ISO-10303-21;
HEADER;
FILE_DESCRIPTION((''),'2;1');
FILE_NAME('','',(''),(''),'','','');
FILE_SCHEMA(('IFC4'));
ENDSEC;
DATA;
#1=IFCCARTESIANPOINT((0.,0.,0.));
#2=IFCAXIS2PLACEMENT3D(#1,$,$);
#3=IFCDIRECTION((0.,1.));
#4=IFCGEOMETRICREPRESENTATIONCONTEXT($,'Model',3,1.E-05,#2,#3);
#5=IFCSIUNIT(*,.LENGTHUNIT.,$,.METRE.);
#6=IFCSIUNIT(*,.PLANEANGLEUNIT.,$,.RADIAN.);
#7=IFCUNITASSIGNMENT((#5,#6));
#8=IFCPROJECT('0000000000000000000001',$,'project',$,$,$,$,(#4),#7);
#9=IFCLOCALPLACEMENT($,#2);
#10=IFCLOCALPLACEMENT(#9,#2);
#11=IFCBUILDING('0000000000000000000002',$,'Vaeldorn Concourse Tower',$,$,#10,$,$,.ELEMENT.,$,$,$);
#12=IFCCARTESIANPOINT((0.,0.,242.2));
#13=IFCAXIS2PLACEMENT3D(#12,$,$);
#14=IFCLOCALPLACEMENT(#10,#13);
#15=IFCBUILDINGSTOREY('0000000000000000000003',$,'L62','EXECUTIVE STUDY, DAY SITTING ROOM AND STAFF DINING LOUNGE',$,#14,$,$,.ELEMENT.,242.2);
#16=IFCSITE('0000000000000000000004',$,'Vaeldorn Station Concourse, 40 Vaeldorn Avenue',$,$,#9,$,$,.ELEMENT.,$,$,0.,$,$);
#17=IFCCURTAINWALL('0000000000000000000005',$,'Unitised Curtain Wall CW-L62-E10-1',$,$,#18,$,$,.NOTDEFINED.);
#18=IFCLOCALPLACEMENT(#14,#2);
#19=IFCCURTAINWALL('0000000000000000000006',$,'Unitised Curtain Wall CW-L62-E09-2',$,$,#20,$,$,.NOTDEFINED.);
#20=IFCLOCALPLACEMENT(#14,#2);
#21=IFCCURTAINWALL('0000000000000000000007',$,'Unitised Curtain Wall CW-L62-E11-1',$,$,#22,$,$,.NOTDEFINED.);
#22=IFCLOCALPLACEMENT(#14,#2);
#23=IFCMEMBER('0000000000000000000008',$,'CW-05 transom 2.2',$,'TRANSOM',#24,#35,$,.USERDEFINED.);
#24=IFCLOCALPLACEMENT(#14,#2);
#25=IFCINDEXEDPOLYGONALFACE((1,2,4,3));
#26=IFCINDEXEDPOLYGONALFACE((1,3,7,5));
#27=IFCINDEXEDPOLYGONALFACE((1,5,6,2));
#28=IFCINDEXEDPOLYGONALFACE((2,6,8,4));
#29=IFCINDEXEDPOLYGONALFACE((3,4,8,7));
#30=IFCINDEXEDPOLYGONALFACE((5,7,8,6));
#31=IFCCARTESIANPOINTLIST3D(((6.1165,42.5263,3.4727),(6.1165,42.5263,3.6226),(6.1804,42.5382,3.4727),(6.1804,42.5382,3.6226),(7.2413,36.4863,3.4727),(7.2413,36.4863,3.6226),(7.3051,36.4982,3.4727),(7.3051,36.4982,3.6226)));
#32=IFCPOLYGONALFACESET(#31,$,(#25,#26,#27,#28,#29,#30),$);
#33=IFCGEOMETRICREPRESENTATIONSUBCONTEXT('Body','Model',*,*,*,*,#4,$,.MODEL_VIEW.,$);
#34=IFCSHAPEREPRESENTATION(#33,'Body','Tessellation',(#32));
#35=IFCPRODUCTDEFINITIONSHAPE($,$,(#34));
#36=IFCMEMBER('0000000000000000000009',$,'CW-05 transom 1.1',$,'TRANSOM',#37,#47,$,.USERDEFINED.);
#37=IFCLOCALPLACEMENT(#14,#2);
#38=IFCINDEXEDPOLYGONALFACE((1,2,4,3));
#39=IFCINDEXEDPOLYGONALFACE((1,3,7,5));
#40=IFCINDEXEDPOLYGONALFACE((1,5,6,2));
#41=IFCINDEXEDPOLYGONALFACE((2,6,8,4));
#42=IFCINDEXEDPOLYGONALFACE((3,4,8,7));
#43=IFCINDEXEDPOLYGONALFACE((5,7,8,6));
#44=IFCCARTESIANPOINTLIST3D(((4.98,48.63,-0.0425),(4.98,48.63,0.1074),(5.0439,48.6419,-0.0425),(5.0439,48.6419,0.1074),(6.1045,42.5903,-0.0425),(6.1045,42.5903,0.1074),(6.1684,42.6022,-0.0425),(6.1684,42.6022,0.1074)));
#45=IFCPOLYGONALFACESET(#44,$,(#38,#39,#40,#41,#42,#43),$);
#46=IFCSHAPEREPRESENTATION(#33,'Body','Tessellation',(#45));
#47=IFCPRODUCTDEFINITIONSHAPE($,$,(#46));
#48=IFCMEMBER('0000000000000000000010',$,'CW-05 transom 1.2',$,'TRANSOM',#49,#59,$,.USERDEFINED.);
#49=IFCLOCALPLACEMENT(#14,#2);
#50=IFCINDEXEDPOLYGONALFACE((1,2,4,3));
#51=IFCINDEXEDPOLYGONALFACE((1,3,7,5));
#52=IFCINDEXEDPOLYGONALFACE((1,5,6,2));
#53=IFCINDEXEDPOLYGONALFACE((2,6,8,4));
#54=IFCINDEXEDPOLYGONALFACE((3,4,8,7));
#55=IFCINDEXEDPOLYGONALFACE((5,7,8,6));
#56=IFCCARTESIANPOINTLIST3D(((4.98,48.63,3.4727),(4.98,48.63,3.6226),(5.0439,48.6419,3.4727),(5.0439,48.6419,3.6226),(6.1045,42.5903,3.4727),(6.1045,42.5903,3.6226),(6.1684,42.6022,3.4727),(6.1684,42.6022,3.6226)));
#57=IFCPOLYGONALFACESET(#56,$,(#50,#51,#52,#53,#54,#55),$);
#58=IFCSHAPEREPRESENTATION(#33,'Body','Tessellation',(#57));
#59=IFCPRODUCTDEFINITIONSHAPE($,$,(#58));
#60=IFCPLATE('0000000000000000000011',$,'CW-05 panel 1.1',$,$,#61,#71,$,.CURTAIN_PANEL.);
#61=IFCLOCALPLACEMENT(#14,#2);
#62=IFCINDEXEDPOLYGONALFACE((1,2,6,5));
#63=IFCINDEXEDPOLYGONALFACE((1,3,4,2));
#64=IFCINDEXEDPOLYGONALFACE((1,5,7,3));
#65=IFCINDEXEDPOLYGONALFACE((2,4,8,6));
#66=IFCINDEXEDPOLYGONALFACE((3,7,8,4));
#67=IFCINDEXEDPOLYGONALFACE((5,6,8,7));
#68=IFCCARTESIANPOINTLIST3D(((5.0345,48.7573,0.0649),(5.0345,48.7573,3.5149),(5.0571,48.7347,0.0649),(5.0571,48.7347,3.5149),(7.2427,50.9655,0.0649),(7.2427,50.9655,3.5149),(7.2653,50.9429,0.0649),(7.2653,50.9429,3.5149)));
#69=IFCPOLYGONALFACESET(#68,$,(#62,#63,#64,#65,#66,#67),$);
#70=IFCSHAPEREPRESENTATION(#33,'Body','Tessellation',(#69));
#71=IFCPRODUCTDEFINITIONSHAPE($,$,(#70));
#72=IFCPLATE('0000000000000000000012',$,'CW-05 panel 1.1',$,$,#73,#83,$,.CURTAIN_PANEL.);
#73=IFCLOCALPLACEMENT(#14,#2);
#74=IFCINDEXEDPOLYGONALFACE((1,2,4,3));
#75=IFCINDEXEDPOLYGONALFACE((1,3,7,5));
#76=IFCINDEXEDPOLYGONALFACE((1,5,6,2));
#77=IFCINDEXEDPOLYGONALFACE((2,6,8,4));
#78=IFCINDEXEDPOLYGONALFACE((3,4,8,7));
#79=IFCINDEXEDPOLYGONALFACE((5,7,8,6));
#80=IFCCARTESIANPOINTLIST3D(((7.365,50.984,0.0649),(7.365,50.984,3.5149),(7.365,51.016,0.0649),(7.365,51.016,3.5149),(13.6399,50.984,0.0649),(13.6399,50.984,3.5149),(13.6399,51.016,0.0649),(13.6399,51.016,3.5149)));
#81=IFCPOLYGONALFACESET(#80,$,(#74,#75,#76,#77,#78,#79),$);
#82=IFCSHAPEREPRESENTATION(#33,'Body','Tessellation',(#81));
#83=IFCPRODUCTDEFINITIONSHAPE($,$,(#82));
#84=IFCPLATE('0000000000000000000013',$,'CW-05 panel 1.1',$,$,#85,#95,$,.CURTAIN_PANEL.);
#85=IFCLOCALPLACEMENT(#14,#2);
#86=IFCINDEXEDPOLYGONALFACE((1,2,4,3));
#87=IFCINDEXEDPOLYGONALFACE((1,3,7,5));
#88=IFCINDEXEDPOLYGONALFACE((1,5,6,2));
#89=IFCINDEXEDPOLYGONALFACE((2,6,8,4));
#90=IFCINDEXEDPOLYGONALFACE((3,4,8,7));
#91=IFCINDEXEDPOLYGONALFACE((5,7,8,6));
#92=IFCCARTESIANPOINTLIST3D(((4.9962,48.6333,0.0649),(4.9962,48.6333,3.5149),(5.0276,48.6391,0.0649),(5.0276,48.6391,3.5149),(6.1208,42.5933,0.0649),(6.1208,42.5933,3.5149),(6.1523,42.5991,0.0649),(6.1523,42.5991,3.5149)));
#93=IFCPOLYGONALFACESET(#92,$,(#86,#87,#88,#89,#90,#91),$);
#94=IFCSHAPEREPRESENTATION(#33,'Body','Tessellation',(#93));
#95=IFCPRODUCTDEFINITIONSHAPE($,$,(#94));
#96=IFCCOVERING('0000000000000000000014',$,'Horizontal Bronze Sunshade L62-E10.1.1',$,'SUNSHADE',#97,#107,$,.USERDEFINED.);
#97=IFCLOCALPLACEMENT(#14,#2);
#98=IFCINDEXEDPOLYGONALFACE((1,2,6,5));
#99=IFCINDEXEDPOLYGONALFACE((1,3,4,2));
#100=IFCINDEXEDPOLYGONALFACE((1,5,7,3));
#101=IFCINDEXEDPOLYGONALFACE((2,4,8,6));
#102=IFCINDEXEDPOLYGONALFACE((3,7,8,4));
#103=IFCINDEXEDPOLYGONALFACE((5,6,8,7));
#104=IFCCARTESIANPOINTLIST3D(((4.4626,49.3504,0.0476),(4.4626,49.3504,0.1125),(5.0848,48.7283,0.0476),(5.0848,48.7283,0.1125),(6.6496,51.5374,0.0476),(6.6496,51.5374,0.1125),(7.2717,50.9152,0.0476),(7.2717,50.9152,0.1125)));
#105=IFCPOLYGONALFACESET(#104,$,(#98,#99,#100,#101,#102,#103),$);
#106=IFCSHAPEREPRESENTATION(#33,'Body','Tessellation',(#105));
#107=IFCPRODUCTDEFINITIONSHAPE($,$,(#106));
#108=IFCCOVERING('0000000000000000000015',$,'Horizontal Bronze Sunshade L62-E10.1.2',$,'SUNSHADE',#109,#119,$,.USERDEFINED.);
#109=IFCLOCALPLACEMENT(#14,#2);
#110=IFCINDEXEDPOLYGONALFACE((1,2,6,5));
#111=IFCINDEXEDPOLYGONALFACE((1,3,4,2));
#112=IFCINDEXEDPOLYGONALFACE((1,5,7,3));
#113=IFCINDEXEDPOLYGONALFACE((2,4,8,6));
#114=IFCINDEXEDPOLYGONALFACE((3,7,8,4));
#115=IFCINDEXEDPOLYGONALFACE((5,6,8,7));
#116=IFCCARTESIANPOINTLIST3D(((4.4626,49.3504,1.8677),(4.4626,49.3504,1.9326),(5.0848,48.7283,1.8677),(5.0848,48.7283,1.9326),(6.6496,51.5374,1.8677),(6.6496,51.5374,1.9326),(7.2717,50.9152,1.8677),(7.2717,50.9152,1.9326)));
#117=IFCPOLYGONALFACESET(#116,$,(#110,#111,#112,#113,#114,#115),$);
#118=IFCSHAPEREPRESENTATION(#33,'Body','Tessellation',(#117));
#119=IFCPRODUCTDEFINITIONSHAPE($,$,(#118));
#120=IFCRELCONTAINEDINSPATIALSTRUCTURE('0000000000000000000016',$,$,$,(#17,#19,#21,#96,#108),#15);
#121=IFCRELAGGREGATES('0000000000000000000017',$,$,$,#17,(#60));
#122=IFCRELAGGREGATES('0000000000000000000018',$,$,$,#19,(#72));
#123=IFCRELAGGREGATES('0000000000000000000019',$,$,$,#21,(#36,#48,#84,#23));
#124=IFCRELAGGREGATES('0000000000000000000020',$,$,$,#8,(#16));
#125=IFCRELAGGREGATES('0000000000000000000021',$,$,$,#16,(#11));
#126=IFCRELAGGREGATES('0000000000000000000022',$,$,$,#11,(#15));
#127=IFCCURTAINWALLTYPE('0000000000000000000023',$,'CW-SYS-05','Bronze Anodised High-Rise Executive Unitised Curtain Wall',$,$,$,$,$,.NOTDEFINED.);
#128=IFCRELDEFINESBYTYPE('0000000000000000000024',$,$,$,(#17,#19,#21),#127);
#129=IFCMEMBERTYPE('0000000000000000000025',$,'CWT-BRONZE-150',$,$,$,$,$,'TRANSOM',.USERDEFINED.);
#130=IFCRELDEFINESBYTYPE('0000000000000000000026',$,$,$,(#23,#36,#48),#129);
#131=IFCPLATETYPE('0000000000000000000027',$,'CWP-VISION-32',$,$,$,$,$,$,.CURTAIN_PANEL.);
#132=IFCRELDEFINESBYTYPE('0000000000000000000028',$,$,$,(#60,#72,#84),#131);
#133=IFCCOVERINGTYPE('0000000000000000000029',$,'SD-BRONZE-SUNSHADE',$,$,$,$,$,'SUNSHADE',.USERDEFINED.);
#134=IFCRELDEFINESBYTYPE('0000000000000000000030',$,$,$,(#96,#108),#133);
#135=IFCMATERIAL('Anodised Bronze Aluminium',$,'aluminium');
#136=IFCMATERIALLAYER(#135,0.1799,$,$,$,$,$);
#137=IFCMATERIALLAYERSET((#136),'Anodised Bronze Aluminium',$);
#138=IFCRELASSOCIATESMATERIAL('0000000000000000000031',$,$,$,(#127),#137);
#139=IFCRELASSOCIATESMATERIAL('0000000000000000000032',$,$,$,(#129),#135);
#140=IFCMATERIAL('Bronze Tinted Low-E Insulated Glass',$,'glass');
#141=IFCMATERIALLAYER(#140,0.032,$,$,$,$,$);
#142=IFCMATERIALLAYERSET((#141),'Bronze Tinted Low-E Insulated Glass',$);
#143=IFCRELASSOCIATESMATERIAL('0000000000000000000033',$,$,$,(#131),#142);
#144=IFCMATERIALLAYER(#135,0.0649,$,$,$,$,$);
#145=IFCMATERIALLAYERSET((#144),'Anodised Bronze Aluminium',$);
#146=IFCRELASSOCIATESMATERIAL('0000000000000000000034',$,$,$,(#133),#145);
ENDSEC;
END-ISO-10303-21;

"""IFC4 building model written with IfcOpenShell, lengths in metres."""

from ifc_helpers import new_model, si_unit, direction, frame, origin, origin_2d, place, context, subcontext, project, spatial, rectangle, extrude, source, transform, mapped, material, layer, layer_set, material_profile, profile_set, type_object, element, aggregate, save


model = new_model("IFC4")

# Units and contexts
model_context = context("Model", 3, precision=1e-05, world=origin(), true_north=direction((0.0, 1.0)))
body_context = subcontext(model_context, "Body", "Model", "MODEL_VIEW")
ifc_project = project(units=[si_unit("LENGTHUNIT", "METRE"), si_unit("PLANEANGLEUNIT", "RADIAN")], contexts=[model_context])

# Site, building, storey
site_placement = place(None, origin())
site = spatial("IfcSite", under=ifc_project, at=site_placement, Name="Vaeldorn Station Concourse, 40 Vaeldorn Avenue", CompositionType="ELEMENT", RefElevation=0.0)
building_placement = place(site_placement, origin())
building = spatial("IfcBuilding", under=site, at=building_placement, Name="Vaeldorn Concourse Tower", CompositionType="ELEMENT")
storey_placement = place(building_placement, frame((0.0, 0.0, 242.2)))
storey = spatial("IfcBuildingStorey", under=building, at=storey_placement, Name="L62", Description="EXECUTIVE STUDY, DAY SITTING ROOM AND STAFF DINING LOUNGE", CompositionType="ELEMENT", Elevation=242.2)

# Curtain walls
ifc_material_1 = material(Name="Anodised Bronze Aluminium", Category="aluminium")
ifc_layer_1 = layer(ifc_material_1, 0.1799)
ifc_layer_set_1 = layer_set([ifc_layer_1], Name="Anodised Bronze Aluminium")
curtain_wall_type = type_object("IfcCurtainWallType", Name="CW-SYS-05", Description="Bronze Anodised High-Rise Executive Unitised Curtain Wall", PredefinedType="NOTDEFINED", material=ifc_layer_set_1)
curtain_wall_1_placement = place(storey_placement, origin())
curtain_wall_1 = element("IfcCurtainWall", 1, at=curtain_wall_1_placement, inside=storey, type_object=curtain_wall_type, Name="Unitised Curtain Wall CW-L62-E10-1", PredefinedType="NOTDEFINED")
ifc_material_profile_1 = material_profile(ifc_material_1, rectangle(XDim=0.0649, YDim=0.1499, at=origin_2d()), Name="CWT 65x150")
ifc_profile_set_1 = profile_set([ifc_material_profile_1], Name="Anodised Bronze Aluminium")
member_type_1 = type_object("IfcMemberType", Name="CWT-BRONZE-150", ElementType="TRANSOM", PredefinedType="USERDEFINED", material=ifc_profile_set_1)
curtain_wall_2_placement = place(storey_placement, origin())
curtain_wall_2 = element("IfcCurtainWall", 2, at=curtain_wall_2_placement, inside=storey, type_object=curtain_wall_type, Name="Unitised Curtain Wall CW-L62-E09-2", PredefinedType="NOTDEFINED")

# Curtain wall
curtain_wall_3_placement = place(storey_placement, origin())
curtain_wall_3 = element("IfcCurtainWall", 3, at=curtain_wall_3_placement, inside=storey, type_object=curtain_wall_type, Name="Unitised Curtain Wall CW-L62-E11-1", PredefinedType="NOTDEFINED")

# Members
shared_shape_1 = source(origin(), body_context, "Body", "SweptSolid", [
    extrude(rectangle(XDim=0.0649, YDim=0.1499, at=origin_2d()), origin(), (0.0, 0.0, 1.0), 6.1438),
])
member_1_placement = place(storey_placement, frame((6.1484, 42.5322, 3.5476), z_axis=(0.18307, -0.9831, 0.0), x_axis=(0.9831, 0.18307, 0.0)))
member_1 = element("IfcMember", 4, at=member_1_placement, type_object=member_type_1, Name="CW-05 transom 2.2", ObjectType="TRANSOM", PredefinedType="USERDEFINED", context=body_context, shape_type="MappedRepresentation", body=[
    mapped(shared_shape_1, transform((0.0, 0.0, 0.0), scale=1.0)),
])
shared_shape_2 = source(origin(), body_context, "Body", "SweptSolid", [
    extrude(rectangle(XDim=0.0649, YDim=0.1499, at=origin_2d()), origin(), (0.0, 0.0, 1.0), 6.1436),
])
member_2_placement = place(storey_placement, frame((5.012, 48.636, 0.0325), z_axis=(0.183038, -0.983106, 0.0), x_axis=(0.983106, 0.183038, 0.0)))
member_2 = element("IfcMember", 5, at=member_2_placement, type_object=member_type_1, Name="CW-05 transom 1.1", ObjectType="TRANSOM", PredefinedType="USERDEFINED", context=body_context, shape_type="MappedRepresentation", body=[
    mapped(shared_shape_2, transform((0.0, 0.0, 0.0), scale=1.0)),
])
member_3_placement = place(storey_placement, frame((5.012, 48.636, 3.5476), z_axis=(0.183038, -0.983106, 0.0), x_axis=(0.983106, 0.183038, 0.0)))
member_3 = element("IfcMember", 6, at=member_3_placement, type_object=member_type_1, Name="CW-05 transom 1.2", ObjectType="TRANSOM", PredefinedType="USERDEFINED", context=body_context, shape_type="MappedRepresentation", body=[
    mapped(shared_shape_2, transform((0.0, 0.0, 0.0), scale=1.0)),
])

# Plates
ifc_material_2 = material(Name="Bronze Tinted Low-E Insulated Glass", Category="glass")
ifc_layer_2 = layer(ifc_material_2, 0.032)
ifc_layer_set_2 = layer_set([ifc_layer_2], Name="Bronze Tinted Low-E Insulated Glass")
plate_type = type_object("IfcPlateType", Name="CWP-VISION-32", PredefinedType="CURTAIN_PANEL", material=ifc_layer_set_2)
shared_shape_3 = source(origin(), body_context, "Body", "SweptSolid", [
    extrude(rectangle(XDim=3.1228, YDim=0.032, at=origin_2d()), origin(), (0.0, 0.0, 1.0), 3.45),
])
plate_1_placement = place(storey_placement, frame((6.1499, 49.8501, 0.0649), z_axis=(0.0, 0.0, 1.0), x_axis=(-0.707107, -0.707107, 0.0)))
plate_1 = element("IfcPlate", 7, at=plate_1_placement, type_object=plate_type, Name="CW-05 panel 1.1", PredefinedType="CURTAIN_PANEL", context=body_context, shape_type="MappedRepresentation", body=[
    mapped(shared_shape_3, transform((0.0, 0.0, 0.0), scale=1.0)),
])
aggregate(curtain_wall_1, [plate_1])
shared_shape_4 = source(origin(), body_context, "Body", "SweptSolid", [
    extrude(rectangle(XDim=6.2749, YDim=0.032, at=origin_2d()), origin(), (0.0, 0.0, 1.0), 3.45),
])
plate_2_placement = place(storey_placement, frame((10.5024, 51.0, 0.0649), z_axis=(0.0, 0.0, 1.0), x_axis=(-1.0, 0.0, 0.0)))
plate_2 = element("IfcPlate", 8, at=plate_2_placement, type_object=plate_type, Name="CW-05 panel 1.1", PredefinedType="CURTAIN_PANEL", context=body_context, shape_type="MappedRepresentation", body=[
    mapped(shared_shape_4, transform((0.0, 0.0, 0.0), scale=1.0)),
])
aggregate(curtain_wall_2, [plate_2])
shared_shape_5 = source(origin(), body_context, "Body", "SweptSolid", [
    extrude(rectangle(XDim=6.1438, YDim=0.032, at=origin_2d()), origin(), (0.0, 0.0, 1.0), 3.45),
])
plate_3_placement = place(storey_placement, frame((5.5742, 45.6162, 0.0649), z_axis=(0.0, 0.0, 1.0), x_axis=(0.183054, -0.983103, 0.0)))
plate_3 = element("IfcPlate", 9, at=plate_3_placement, type_object=plate_type, Name="CW-05 panel 1.1", PredefinedType="CURTAIN_PANEL", context=body_context, shape_type="MappedRepresentation", body=[
    mapped(shared_shape_5, transform((0.0, 0.0, 0.0), scale=1.0)),
])
aggregate(curtain_wall_3, [member_2, member_3, plate_3, member_1])

# Coverings
ifc_layer_3 = layer(ifc_material_1, 0.0649)
ifc_layer_set_3 = layer_set([ifc_layer_3], Name="Anodised Bronze Aluminium")
covering_type = type_object("IfcCoveringType", Name="SD-BRONZE-SUNSHADE", ElementType="SUNSHADE", PredefinedType="USERDEFINED", material=ifc_layer_set_3)
shared_shape_6 = source(origin(), body_context, "Body", "SweptSolid", [
    extrude(rectangle(XDim=3.0928, YDim=0.8799, at=origin_2d()), origin(), (0.0, 0.0, 1.0), 0.0649),
])
for number, where, z_axis, x_axis, name in (
    (10, (5.8672, 50.1328, 0.0476), (0.0, 0.0, 1.0), (-0.707107, -0.707107, 0.0), "Horizontal Bronze Sunshade L62-E10.1.1"),
    (11, (5.8672, 50.1328, 1.8677), (0.0, 0.0, 1.0), (-0.707107, -0.707107, 0.0), "Horizontal Bronze Sunshade L62-E10.1.2"),
):
    element("IfcCovering", number, at=place(storey_placement, frame(where, z_axis=z_axis, x_axis=x_axis)), inside=storey, type_object=covering_type, Name=name, ObjectType="SUNSHADE", PredefinedType="USERDEFINED", context=body_context, shape_type="MappedRepresentation", body=[
        mapped(shared_shape_6, transform((0.0, 0.0, 0.0), scale=1.0)),
    ])

save(model, "model.ifc")
